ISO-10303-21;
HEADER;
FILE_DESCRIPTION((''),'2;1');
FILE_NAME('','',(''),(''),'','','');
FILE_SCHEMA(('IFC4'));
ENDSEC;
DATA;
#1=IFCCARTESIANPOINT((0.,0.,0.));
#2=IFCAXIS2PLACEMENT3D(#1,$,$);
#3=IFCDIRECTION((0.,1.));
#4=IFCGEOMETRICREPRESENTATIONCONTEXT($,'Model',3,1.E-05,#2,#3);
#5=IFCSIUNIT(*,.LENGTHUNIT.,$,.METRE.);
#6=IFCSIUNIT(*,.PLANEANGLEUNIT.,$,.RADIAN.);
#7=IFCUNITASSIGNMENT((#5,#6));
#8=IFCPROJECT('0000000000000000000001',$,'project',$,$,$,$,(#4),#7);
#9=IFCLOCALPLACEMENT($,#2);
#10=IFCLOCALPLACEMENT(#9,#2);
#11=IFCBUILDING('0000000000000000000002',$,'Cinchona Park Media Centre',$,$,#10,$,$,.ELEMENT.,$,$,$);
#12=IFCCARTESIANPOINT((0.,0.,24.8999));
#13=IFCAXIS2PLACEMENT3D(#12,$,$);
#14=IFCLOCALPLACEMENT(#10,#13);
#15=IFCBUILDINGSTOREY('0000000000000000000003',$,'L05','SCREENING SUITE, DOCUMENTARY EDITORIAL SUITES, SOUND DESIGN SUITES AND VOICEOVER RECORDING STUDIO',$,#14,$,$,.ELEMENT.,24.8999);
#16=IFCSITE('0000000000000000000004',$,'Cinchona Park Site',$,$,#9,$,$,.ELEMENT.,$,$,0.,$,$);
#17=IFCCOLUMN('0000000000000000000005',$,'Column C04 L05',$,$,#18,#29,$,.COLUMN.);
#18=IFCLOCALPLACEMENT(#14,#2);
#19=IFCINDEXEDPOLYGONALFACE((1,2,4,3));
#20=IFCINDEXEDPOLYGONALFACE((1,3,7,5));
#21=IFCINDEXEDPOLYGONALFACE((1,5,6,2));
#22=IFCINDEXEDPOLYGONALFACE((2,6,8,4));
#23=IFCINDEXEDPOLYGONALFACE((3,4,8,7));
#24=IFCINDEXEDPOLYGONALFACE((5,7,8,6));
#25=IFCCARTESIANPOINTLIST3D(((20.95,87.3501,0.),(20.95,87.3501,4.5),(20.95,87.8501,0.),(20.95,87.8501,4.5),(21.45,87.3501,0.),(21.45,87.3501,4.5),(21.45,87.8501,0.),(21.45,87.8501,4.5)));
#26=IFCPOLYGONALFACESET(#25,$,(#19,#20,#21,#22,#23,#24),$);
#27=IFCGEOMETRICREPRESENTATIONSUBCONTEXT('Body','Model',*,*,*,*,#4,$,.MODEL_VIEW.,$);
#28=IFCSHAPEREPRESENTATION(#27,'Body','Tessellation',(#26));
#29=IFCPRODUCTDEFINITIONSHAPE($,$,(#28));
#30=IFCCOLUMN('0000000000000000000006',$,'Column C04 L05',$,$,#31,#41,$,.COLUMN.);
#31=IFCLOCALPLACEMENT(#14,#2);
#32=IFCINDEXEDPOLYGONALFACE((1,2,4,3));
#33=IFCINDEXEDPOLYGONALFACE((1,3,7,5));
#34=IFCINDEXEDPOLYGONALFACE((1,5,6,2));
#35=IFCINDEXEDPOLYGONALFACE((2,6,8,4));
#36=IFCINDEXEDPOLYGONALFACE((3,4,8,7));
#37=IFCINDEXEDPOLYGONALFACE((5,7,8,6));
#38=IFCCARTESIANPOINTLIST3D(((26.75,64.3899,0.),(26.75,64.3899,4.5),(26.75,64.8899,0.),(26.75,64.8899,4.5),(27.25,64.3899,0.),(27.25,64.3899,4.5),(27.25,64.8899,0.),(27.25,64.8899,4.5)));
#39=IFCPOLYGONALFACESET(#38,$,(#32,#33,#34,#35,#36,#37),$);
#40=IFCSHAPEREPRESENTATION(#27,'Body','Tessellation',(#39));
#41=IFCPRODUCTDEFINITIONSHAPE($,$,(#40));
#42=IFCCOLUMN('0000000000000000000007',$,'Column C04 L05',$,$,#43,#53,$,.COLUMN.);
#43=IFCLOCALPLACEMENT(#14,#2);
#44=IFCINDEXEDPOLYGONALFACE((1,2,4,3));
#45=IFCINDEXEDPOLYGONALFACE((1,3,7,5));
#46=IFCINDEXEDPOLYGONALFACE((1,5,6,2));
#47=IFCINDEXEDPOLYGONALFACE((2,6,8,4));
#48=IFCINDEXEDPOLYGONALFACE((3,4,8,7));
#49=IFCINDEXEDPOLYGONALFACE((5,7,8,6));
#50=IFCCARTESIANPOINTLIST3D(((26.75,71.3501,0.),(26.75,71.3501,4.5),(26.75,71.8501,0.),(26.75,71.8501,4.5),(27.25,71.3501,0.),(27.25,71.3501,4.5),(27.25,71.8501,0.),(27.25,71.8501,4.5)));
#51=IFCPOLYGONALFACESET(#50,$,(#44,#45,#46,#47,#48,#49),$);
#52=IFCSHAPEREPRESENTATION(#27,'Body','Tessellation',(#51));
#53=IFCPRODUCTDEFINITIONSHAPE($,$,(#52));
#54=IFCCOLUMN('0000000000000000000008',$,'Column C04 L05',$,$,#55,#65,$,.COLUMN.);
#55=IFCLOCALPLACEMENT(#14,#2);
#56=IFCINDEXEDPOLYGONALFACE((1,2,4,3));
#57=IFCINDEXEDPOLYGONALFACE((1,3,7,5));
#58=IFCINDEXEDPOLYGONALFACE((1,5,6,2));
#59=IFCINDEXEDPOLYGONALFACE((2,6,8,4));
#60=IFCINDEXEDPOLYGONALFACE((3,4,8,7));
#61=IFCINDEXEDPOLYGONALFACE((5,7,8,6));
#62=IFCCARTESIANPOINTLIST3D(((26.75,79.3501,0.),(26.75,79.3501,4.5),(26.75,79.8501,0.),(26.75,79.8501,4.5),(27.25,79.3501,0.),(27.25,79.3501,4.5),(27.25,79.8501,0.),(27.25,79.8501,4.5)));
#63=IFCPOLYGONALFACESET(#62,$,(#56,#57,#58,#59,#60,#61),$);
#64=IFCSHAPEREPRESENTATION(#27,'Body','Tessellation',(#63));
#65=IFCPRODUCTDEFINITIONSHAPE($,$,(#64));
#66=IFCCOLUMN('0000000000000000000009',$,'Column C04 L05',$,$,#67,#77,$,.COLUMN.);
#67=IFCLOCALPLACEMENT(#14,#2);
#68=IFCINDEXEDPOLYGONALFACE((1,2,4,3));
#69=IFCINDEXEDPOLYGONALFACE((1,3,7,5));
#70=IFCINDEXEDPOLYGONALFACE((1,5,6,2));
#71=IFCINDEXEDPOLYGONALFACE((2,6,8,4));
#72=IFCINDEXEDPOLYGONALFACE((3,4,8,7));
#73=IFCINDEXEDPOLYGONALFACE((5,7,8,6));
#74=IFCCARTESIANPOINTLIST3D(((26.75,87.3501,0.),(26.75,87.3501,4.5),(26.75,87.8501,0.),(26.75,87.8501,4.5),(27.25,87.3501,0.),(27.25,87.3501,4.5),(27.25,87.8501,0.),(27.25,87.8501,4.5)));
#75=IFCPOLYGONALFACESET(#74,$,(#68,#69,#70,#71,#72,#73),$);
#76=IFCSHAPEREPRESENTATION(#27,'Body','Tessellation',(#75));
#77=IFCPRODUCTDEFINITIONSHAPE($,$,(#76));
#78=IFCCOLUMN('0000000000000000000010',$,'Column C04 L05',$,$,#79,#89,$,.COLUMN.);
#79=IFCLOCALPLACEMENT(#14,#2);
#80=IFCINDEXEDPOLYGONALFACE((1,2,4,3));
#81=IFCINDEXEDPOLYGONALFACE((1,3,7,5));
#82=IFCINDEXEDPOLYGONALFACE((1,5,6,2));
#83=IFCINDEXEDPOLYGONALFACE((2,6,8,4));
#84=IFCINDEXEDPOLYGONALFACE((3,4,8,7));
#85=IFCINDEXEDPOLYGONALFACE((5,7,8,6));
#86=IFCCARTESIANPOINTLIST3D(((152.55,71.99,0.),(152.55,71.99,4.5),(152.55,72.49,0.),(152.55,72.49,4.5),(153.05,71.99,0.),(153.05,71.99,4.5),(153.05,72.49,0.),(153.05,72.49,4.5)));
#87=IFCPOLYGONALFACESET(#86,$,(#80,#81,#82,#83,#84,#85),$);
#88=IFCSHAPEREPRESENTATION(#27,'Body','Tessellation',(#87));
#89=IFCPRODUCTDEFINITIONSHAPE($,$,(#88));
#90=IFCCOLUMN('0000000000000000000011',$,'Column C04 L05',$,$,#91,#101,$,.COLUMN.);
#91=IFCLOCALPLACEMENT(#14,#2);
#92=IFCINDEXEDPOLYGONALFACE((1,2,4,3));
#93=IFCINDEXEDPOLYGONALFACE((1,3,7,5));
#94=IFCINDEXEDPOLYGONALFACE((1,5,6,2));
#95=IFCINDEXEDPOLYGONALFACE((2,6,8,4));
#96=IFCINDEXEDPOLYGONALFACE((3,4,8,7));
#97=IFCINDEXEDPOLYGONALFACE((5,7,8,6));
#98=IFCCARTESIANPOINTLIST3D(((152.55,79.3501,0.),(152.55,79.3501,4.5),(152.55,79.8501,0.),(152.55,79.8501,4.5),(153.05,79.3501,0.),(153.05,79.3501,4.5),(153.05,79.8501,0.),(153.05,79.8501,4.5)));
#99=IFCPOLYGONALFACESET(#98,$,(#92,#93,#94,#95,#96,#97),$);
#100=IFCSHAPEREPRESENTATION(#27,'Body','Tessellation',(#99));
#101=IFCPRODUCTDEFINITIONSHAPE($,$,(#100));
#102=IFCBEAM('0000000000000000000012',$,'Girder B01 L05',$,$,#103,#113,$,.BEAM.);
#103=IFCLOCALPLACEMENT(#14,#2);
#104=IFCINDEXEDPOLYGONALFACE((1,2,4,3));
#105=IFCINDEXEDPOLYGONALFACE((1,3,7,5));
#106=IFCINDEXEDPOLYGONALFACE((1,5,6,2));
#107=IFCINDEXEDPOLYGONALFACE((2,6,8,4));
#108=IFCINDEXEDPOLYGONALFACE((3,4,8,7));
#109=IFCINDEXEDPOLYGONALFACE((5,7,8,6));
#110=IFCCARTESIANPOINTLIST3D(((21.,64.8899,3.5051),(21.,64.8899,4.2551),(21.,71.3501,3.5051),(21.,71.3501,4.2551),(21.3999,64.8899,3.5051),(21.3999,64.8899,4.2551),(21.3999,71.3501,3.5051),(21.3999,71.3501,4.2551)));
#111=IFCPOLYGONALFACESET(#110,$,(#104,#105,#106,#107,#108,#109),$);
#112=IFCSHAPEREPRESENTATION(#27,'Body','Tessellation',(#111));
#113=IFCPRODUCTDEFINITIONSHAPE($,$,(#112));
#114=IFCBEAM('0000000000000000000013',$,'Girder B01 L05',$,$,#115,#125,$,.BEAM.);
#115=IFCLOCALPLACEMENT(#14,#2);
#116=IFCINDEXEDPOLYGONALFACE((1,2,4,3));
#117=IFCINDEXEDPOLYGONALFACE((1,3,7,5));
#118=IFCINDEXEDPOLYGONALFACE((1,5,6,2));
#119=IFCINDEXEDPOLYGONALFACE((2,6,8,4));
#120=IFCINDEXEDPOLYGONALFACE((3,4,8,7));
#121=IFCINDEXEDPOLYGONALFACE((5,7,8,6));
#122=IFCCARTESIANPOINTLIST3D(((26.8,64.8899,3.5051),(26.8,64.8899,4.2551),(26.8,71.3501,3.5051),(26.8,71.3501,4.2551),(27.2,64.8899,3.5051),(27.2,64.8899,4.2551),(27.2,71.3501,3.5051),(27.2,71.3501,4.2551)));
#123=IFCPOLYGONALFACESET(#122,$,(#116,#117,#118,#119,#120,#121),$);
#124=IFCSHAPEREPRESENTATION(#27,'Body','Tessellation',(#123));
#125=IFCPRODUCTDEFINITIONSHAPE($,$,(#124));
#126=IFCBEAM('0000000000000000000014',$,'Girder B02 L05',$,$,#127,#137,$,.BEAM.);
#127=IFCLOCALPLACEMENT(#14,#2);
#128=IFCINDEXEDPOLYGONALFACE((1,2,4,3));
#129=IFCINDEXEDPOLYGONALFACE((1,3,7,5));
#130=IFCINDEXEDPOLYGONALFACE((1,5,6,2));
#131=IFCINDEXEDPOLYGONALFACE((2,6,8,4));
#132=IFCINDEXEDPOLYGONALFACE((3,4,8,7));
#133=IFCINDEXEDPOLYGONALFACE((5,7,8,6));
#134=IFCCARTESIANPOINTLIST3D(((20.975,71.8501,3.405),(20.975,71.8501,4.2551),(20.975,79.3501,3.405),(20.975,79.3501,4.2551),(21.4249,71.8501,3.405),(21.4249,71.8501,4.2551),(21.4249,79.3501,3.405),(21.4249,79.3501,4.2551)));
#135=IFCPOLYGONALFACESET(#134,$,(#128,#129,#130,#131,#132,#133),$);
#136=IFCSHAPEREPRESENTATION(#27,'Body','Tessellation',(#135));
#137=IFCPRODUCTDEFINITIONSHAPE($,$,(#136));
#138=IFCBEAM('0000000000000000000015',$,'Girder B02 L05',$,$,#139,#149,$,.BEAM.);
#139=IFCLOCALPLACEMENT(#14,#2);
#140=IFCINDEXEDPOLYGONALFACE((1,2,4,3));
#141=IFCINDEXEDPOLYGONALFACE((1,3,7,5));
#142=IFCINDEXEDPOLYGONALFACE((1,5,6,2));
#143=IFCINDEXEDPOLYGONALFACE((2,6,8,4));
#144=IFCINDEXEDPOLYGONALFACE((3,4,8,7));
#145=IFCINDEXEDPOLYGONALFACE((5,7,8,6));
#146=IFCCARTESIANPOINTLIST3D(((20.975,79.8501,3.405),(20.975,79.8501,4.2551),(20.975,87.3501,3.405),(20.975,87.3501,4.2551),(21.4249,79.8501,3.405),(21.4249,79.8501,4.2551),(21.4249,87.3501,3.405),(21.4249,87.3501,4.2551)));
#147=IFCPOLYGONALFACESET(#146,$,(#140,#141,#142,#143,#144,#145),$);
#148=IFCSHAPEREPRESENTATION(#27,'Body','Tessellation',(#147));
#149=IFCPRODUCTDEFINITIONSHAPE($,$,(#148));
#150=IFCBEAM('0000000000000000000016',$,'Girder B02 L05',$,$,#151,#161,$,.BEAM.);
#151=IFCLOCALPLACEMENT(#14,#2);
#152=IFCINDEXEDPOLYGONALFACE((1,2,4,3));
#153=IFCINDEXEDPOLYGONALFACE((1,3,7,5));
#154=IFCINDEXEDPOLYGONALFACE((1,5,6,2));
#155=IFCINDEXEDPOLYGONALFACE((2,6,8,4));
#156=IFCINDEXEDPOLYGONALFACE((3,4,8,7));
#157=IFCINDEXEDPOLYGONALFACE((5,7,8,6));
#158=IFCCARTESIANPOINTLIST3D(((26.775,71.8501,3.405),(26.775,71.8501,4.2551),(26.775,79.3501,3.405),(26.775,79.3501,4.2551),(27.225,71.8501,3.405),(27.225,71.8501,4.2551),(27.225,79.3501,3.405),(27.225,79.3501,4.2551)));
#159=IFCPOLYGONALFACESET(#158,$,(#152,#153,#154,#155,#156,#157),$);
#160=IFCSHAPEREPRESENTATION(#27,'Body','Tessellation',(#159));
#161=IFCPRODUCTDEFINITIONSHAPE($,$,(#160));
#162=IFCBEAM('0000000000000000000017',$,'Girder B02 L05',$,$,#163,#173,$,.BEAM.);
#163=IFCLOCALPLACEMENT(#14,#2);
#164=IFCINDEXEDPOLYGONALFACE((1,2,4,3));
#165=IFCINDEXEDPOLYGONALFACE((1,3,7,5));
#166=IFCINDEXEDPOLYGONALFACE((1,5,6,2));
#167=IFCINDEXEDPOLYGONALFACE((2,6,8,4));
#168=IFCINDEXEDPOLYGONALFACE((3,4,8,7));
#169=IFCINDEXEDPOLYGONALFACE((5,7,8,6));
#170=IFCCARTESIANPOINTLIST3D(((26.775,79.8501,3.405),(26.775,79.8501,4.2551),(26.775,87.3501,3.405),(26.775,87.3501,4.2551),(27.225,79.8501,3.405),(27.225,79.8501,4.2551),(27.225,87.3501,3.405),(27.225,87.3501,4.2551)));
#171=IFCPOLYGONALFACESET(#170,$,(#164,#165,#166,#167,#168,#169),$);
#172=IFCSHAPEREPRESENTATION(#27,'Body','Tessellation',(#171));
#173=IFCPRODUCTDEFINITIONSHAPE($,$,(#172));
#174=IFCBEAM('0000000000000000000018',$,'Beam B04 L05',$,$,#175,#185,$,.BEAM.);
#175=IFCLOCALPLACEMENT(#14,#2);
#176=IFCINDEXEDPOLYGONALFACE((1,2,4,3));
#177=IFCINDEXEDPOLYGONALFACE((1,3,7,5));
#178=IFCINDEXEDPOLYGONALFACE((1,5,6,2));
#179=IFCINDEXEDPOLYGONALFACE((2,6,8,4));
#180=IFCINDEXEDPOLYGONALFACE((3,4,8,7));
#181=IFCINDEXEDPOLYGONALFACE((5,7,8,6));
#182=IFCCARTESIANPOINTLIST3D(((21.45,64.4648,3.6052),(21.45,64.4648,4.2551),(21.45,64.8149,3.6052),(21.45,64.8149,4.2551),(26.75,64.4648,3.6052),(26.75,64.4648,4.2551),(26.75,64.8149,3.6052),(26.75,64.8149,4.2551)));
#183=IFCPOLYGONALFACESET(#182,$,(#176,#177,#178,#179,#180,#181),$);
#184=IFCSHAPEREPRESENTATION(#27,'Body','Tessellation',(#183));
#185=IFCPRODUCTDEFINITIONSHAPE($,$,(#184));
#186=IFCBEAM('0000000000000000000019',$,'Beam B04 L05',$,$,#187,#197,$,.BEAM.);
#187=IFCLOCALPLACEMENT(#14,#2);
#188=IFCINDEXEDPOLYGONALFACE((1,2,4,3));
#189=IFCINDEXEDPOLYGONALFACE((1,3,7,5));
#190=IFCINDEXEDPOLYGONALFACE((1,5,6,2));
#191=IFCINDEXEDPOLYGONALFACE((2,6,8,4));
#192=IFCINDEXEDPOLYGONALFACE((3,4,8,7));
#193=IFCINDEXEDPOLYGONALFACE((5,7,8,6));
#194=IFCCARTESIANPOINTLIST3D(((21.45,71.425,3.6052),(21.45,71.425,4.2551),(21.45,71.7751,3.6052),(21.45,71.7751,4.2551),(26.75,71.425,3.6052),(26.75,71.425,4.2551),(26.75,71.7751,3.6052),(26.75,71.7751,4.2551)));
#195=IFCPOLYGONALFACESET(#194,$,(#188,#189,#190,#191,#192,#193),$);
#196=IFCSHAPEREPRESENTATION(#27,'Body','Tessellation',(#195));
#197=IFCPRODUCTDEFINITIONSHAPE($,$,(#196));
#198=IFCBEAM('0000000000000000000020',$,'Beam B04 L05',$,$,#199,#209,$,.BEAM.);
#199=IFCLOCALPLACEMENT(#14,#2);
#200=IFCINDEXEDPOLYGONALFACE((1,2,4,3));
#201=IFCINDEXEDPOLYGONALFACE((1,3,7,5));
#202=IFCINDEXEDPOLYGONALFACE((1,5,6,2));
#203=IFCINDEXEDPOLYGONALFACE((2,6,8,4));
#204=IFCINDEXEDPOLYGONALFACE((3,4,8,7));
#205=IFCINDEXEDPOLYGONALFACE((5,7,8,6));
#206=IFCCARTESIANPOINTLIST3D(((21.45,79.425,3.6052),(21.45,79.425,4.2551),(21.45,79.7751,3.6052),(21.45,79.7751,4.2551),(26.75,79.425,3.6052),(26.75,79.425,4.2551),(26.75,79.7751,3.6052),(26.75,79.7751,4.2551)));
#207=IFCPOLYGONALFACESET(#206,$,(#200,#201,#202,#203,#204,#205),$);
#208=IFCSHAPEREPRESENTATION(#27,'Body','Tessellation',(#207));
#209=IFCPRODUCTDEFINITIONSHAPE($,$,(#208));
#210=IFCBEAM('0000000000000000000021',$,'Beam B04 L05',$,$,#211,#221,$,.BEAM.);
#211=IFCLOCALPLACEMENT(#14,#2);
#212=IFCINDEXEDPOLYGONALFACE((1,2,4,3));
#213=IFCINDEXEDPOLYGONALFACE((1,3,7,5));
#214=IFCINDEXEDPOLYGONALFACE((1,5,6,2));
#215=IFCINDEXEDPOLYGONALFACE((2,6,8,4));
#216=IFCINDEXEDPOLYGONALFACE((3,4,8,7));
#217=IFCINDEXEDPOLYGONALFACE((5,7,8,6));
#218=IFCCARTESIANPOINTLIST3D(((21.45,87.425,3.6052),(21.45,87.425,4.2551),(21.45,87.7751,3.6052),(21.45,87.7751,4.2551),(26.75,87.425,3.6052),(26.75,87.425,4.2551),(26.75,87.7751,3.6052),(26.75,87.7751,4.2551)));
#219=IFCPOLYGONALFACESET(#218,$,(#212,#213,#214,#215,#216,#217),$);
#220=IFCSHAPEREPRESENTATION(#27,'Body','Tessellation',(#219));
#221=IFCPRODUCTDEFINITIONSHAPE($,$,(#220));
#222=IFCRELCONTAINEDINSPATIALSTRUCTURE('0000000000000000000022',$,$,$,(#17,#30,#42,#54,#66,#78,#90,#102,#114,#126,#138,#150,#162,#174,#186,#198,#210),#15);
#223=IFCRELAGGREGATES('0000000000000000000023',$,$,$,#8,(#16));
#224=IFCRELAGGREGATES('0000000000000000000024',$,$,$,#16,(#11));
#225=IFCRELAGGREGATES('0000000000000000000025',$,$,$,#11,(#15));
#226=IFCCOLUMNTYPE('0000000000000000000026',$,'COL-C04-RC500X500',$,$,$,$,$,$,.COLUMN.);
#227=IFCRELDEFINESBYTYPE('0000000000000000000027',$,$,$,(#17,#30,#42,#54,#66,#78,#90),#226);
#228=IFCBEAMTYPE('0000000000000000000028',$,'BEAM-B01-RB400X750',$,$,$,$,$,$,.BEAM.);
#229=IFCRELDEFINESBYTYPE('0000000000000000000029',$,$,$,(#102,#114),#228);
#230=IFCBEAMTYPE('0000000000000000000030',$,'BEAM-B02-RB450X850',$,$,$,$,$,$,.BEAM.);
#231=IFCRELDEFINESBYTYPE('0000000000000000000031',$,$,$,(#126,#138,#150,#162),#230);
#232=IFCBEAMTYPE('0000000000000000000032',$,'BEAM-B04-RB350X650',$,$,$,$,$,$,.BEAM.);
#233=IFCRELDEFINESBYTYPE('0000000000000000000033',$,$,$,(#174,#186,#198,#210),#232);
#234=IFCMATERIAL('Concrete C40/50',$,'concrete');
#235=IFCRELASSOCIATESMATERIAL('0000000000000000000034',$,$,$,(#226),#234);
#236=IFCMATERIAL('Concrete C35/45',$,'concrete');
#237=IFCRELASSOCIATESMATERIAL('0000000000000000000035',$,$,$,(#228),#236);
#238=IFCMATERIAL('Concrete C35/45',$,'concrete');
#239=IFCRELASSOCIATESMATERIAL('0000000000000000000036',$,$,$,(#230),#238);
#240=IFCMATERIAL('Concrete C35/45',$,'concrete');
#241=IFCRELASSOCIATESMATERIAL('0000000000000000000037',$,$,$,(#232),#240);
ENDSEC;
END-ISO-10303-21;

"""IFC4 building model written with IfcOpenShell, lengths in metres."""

from ifc_helpers import new_model, si_unit, direction, frame, origin, origin_2d, place, context, subcontext, project, spatial, rectangle, extrude, material, material_profile, profile_set, type_object, element, save


model = new_model("IFC4")

# Units and contexts
model_context = context("Model", 3, precision=1e-05, world=origin(), true_north=direction((0.0, 1.0)))
body_context = subcontext(model_context, "Body", "Model", "MODEL_VIEW")
ifc_project = project(units=[si_unit("LENGTHUNIT", "METRE"), si_unit("PLANEANGLEUNIT", "RADIAN")], contexts=[model_context])

# Site, building, storey
site_placement = place(None, origin())
site = spatial("IfcSite", under=ifc_project, at=site_placement, Name="Cinchona Park Site", CompositionType="ELEMENT", RefElevation=0.0)
building_placement = place(site_placement, origin())
building = spatial("IfcBuilding", under=site, at=building_placement, Name="Cinchona Park Media Centre", CompositionType="ELEMENT")
storey_placement = place(building_placement, frame((0.0, 0.0, 24.8999)))
storey = spatial("IfcBuildingStorey", under=building, at=storey_placement, Name="L05", Description="SCREENING SUITE, DOCUMENTARY EDITORIAL SUITES, SOUND DESIGN SUITES AND VOICEOVER RECORDING STUDIO", CompositionType="ELEMENT", Elevation=24.8999)

# Columns
ifc_material_1 = material(Name="Concrete C40/50", Category="concrete")
ifc_material_profile_1 = material_profile(ifc_material_1, rectangle(XDim=0.5, YDim=0.5, at=origin_2d()), Name="RC 500X500")
ifc_profile_set_1 = profile_set([ifc_material_profile_1], Name="Concrete C40/50")
column_type = type_object("IfcColumnType", Name="COL-C04-RC500X500", PredefinedType="COLUMN", material=ifc_profile_set_1)
for number, where, z_axis, x_axis, name in (
    (1, (21.2, 87.6001, 0.0), (0.0, 0.0, 1.0), (1.0, 0.0, 0.0), "Column C04 L05"),
    (2, (27.0, 64.6399, 0.0), (0.0, 0.0, 1.0), (1.0, 0.0, 0.0), "Column C04 L05"),
    (3, (27.0, 71.6001, 0.0), (0.0, 0.0, 1.0), (1.0, 0.0, 0.0), "Column C04 L05"),
    (4, (27.0, 79.6001, 0.0), (0.0, 0.0, 1.0), (1.0, 0.0, 0.0), "Column C04 L05"),
    (5, (27.0, 87.6001, 0.0), (0.0, 0.0, 1.0), (1.0, 0.0, 0.0), "Column C04 L05"),
    (6, (152.8, 72.24, 0.0), (0.0, 0.0, 1.0), (1.0, 0.0, 0.0), "Column C04 L05"),
    (7, (152.8, 79.6001, 0.0), (0.0, 0.0, 1.0), (1.0, 0.0, 0.0), "Column C04 L05"),
):
    element("IfcColumn", number, at=place(storey_placement, frame(where, z_axis=z_axis, x_axis=x_axis)), inside=storey, type_object=column_type, Name=name, PredefinedType="COLUMN", context=body_context, shape_type="SweptSolid", body=[
        extrude(rectangle(XDim=0.5, YDim=0.5, at=origin_2d()), origin(), (0.0, 0.0, 1.0), 4.5),
    ])

# Beams
ifc_material_2 = material(Name="Concrete C35/45", Category="concrete")
ifc_material_profile_2 = material_profile(ifc_material_2, rectangle(XDim=0.3999, YDim=0.75, at=origin_2d()), Name="RB 400X750")
ifc_profile_set_2 = profile_set([ifc_material_profile_2], Name="Concrete C35/45")
beam_type_1 = type_object("IfcBeamType", Name="BEAM-B01-RB400X750", PredefinedType="BEAM", material=ifc_profile_set_2)
for number, where, z_axis, x_axis, name in (
    (8, (21.2, 64.8899, 3.8801), (0.0, 1.0, 0.0), (-1.0, 0.0, 0.0), "Girder B01 L05"),
    (9, (27.0, 64.8899, 3.8801), (0.0, 1.0, 0.0), (-1.0, 0.0, 0.0), "Girder B01 L05"),
):
    element("IfcBeam", number, at=place(storey_placement, frame(where, z_axis=z_axis, x_axis=x_axis)), inside=storey, type_object=beam_type_1, Name=name, PredefinedType="BEAM", context=body_context, shape_type="SweptSolid", body=[
        extrude(rectangle(XDim=0.3999, YDim=0.75, at=origin_2d()), origin(), (0.0, 0.0, 1.0), 6.4602),
    ])
ifc_material_3 = material(Name="Concrete C35/45", Category="concrete")
ifc_material_profile_3 = material_profile(ifc_material_3, rectangle(XDim=0.45, YDim=0.8501, at=origin_2d()), Name="RB 450X850")
ifc_profile_set_3 = profile_set([ifc_material_profile_3], Name="Concrete C35/45")
beam_type_2 = type_object("IfcBeamType", Name="BEAM-B02-RB450X850", PredefinedType="BEAM", material=ifc_profile_set_3)
for number, where, z_axis, x_axis, name in (
    (10, (21.2, 71.8501, 3.8301), (0.0, 1.0, 0.0), (-1.0, 0.0, 0.0), "Girder B02 L05"),
    (11, (21.2, 79.8501, 3.8301), (0.0, 1.0, 0.0), (-1.0, 0.0, 0.0), "Girder B02 L05"),
    (12, (27.0, 71.8501, 3.8301), (0.0, 1.0, 0.0), (-1.0, 0.0, 0.0), "Girder B02 L05"),
    (13, (27.0, 79.8501, 3.8301), (0.0, 1.0, 0.0), (-1.0, 0.0, 0.0), "Girder B02 L05"),
):
    element("IfcBeam", number, at=place(storey_placement, frame(where, z_axis=z_axis, x_axis=x_axis)), inside=storey, type_object=beam_type_2, Name=name, PredefinedType="BEAM", context=body_context, shape_type="SweptSolid", body=[
        extrude(rectangle(XDim=0.45, YDim=0.8501, at=origin_2d()), origin(), (0.0, 0.0, 1.0), 7.5),
    ])
ifc_material_4 = material(Name="Concrete C35/45", Category="concrete")
ifc_material_profile_4 = material_profile(ifc_material_4, rectangle(XDim=0.3501, YDim=0.6499, at=origin_2d()), Name="RB 350X650")
ifc_profile_set_4 = profile_set([ifc_material_profile_4], Name="Concrete C35/45")
beam_type_3 = type_object("IfcBeamType", Name="BEAM-B04-RB350X650", PredefinedType="BEAM", material=ifc_profile_set_4)
for number, where, z_axis, x_axis, name in (
    (14, (21.45, 64.6399, 3.9302), (1.0, 0.0, 0.0), (0.0, 1.0, 0.0), "Beam B04 L05"),
    (15, (21.45, 71.6001, 3.9302), (1.0, 0.0, 0.0), (0.0, 1.0, 0.0), "Beam B04 L05"),
    (16, (21.45, 79.6001, 3.9302), (1.0, 0.0, 0.0), (0.0, 1.0, 0.0), "Beam B04 L05"),
    (17, (21.45, 87.6001, 3.9302), (1.0, 0.0, 0.0), (0.0, 1.0, 0.0), "Beam B04 L05"),
):
    element("IfcBeam", number, at=place(storey_placement, frame(where, z_axis=z_axis, x_axis=x_axis)), inside=storey, type_object=beam_type_3, Name=name, PredefinedType="BEAM", context=body_context, shape_type="SweptSolid", body=[
        extrude(rectangle(XDim=0.3501, YDim=0.6499, at=origin_2d()), origin(), (0.0, 0.0, 1.0), 5.3),
    ])

save(model, "model.ifc")
